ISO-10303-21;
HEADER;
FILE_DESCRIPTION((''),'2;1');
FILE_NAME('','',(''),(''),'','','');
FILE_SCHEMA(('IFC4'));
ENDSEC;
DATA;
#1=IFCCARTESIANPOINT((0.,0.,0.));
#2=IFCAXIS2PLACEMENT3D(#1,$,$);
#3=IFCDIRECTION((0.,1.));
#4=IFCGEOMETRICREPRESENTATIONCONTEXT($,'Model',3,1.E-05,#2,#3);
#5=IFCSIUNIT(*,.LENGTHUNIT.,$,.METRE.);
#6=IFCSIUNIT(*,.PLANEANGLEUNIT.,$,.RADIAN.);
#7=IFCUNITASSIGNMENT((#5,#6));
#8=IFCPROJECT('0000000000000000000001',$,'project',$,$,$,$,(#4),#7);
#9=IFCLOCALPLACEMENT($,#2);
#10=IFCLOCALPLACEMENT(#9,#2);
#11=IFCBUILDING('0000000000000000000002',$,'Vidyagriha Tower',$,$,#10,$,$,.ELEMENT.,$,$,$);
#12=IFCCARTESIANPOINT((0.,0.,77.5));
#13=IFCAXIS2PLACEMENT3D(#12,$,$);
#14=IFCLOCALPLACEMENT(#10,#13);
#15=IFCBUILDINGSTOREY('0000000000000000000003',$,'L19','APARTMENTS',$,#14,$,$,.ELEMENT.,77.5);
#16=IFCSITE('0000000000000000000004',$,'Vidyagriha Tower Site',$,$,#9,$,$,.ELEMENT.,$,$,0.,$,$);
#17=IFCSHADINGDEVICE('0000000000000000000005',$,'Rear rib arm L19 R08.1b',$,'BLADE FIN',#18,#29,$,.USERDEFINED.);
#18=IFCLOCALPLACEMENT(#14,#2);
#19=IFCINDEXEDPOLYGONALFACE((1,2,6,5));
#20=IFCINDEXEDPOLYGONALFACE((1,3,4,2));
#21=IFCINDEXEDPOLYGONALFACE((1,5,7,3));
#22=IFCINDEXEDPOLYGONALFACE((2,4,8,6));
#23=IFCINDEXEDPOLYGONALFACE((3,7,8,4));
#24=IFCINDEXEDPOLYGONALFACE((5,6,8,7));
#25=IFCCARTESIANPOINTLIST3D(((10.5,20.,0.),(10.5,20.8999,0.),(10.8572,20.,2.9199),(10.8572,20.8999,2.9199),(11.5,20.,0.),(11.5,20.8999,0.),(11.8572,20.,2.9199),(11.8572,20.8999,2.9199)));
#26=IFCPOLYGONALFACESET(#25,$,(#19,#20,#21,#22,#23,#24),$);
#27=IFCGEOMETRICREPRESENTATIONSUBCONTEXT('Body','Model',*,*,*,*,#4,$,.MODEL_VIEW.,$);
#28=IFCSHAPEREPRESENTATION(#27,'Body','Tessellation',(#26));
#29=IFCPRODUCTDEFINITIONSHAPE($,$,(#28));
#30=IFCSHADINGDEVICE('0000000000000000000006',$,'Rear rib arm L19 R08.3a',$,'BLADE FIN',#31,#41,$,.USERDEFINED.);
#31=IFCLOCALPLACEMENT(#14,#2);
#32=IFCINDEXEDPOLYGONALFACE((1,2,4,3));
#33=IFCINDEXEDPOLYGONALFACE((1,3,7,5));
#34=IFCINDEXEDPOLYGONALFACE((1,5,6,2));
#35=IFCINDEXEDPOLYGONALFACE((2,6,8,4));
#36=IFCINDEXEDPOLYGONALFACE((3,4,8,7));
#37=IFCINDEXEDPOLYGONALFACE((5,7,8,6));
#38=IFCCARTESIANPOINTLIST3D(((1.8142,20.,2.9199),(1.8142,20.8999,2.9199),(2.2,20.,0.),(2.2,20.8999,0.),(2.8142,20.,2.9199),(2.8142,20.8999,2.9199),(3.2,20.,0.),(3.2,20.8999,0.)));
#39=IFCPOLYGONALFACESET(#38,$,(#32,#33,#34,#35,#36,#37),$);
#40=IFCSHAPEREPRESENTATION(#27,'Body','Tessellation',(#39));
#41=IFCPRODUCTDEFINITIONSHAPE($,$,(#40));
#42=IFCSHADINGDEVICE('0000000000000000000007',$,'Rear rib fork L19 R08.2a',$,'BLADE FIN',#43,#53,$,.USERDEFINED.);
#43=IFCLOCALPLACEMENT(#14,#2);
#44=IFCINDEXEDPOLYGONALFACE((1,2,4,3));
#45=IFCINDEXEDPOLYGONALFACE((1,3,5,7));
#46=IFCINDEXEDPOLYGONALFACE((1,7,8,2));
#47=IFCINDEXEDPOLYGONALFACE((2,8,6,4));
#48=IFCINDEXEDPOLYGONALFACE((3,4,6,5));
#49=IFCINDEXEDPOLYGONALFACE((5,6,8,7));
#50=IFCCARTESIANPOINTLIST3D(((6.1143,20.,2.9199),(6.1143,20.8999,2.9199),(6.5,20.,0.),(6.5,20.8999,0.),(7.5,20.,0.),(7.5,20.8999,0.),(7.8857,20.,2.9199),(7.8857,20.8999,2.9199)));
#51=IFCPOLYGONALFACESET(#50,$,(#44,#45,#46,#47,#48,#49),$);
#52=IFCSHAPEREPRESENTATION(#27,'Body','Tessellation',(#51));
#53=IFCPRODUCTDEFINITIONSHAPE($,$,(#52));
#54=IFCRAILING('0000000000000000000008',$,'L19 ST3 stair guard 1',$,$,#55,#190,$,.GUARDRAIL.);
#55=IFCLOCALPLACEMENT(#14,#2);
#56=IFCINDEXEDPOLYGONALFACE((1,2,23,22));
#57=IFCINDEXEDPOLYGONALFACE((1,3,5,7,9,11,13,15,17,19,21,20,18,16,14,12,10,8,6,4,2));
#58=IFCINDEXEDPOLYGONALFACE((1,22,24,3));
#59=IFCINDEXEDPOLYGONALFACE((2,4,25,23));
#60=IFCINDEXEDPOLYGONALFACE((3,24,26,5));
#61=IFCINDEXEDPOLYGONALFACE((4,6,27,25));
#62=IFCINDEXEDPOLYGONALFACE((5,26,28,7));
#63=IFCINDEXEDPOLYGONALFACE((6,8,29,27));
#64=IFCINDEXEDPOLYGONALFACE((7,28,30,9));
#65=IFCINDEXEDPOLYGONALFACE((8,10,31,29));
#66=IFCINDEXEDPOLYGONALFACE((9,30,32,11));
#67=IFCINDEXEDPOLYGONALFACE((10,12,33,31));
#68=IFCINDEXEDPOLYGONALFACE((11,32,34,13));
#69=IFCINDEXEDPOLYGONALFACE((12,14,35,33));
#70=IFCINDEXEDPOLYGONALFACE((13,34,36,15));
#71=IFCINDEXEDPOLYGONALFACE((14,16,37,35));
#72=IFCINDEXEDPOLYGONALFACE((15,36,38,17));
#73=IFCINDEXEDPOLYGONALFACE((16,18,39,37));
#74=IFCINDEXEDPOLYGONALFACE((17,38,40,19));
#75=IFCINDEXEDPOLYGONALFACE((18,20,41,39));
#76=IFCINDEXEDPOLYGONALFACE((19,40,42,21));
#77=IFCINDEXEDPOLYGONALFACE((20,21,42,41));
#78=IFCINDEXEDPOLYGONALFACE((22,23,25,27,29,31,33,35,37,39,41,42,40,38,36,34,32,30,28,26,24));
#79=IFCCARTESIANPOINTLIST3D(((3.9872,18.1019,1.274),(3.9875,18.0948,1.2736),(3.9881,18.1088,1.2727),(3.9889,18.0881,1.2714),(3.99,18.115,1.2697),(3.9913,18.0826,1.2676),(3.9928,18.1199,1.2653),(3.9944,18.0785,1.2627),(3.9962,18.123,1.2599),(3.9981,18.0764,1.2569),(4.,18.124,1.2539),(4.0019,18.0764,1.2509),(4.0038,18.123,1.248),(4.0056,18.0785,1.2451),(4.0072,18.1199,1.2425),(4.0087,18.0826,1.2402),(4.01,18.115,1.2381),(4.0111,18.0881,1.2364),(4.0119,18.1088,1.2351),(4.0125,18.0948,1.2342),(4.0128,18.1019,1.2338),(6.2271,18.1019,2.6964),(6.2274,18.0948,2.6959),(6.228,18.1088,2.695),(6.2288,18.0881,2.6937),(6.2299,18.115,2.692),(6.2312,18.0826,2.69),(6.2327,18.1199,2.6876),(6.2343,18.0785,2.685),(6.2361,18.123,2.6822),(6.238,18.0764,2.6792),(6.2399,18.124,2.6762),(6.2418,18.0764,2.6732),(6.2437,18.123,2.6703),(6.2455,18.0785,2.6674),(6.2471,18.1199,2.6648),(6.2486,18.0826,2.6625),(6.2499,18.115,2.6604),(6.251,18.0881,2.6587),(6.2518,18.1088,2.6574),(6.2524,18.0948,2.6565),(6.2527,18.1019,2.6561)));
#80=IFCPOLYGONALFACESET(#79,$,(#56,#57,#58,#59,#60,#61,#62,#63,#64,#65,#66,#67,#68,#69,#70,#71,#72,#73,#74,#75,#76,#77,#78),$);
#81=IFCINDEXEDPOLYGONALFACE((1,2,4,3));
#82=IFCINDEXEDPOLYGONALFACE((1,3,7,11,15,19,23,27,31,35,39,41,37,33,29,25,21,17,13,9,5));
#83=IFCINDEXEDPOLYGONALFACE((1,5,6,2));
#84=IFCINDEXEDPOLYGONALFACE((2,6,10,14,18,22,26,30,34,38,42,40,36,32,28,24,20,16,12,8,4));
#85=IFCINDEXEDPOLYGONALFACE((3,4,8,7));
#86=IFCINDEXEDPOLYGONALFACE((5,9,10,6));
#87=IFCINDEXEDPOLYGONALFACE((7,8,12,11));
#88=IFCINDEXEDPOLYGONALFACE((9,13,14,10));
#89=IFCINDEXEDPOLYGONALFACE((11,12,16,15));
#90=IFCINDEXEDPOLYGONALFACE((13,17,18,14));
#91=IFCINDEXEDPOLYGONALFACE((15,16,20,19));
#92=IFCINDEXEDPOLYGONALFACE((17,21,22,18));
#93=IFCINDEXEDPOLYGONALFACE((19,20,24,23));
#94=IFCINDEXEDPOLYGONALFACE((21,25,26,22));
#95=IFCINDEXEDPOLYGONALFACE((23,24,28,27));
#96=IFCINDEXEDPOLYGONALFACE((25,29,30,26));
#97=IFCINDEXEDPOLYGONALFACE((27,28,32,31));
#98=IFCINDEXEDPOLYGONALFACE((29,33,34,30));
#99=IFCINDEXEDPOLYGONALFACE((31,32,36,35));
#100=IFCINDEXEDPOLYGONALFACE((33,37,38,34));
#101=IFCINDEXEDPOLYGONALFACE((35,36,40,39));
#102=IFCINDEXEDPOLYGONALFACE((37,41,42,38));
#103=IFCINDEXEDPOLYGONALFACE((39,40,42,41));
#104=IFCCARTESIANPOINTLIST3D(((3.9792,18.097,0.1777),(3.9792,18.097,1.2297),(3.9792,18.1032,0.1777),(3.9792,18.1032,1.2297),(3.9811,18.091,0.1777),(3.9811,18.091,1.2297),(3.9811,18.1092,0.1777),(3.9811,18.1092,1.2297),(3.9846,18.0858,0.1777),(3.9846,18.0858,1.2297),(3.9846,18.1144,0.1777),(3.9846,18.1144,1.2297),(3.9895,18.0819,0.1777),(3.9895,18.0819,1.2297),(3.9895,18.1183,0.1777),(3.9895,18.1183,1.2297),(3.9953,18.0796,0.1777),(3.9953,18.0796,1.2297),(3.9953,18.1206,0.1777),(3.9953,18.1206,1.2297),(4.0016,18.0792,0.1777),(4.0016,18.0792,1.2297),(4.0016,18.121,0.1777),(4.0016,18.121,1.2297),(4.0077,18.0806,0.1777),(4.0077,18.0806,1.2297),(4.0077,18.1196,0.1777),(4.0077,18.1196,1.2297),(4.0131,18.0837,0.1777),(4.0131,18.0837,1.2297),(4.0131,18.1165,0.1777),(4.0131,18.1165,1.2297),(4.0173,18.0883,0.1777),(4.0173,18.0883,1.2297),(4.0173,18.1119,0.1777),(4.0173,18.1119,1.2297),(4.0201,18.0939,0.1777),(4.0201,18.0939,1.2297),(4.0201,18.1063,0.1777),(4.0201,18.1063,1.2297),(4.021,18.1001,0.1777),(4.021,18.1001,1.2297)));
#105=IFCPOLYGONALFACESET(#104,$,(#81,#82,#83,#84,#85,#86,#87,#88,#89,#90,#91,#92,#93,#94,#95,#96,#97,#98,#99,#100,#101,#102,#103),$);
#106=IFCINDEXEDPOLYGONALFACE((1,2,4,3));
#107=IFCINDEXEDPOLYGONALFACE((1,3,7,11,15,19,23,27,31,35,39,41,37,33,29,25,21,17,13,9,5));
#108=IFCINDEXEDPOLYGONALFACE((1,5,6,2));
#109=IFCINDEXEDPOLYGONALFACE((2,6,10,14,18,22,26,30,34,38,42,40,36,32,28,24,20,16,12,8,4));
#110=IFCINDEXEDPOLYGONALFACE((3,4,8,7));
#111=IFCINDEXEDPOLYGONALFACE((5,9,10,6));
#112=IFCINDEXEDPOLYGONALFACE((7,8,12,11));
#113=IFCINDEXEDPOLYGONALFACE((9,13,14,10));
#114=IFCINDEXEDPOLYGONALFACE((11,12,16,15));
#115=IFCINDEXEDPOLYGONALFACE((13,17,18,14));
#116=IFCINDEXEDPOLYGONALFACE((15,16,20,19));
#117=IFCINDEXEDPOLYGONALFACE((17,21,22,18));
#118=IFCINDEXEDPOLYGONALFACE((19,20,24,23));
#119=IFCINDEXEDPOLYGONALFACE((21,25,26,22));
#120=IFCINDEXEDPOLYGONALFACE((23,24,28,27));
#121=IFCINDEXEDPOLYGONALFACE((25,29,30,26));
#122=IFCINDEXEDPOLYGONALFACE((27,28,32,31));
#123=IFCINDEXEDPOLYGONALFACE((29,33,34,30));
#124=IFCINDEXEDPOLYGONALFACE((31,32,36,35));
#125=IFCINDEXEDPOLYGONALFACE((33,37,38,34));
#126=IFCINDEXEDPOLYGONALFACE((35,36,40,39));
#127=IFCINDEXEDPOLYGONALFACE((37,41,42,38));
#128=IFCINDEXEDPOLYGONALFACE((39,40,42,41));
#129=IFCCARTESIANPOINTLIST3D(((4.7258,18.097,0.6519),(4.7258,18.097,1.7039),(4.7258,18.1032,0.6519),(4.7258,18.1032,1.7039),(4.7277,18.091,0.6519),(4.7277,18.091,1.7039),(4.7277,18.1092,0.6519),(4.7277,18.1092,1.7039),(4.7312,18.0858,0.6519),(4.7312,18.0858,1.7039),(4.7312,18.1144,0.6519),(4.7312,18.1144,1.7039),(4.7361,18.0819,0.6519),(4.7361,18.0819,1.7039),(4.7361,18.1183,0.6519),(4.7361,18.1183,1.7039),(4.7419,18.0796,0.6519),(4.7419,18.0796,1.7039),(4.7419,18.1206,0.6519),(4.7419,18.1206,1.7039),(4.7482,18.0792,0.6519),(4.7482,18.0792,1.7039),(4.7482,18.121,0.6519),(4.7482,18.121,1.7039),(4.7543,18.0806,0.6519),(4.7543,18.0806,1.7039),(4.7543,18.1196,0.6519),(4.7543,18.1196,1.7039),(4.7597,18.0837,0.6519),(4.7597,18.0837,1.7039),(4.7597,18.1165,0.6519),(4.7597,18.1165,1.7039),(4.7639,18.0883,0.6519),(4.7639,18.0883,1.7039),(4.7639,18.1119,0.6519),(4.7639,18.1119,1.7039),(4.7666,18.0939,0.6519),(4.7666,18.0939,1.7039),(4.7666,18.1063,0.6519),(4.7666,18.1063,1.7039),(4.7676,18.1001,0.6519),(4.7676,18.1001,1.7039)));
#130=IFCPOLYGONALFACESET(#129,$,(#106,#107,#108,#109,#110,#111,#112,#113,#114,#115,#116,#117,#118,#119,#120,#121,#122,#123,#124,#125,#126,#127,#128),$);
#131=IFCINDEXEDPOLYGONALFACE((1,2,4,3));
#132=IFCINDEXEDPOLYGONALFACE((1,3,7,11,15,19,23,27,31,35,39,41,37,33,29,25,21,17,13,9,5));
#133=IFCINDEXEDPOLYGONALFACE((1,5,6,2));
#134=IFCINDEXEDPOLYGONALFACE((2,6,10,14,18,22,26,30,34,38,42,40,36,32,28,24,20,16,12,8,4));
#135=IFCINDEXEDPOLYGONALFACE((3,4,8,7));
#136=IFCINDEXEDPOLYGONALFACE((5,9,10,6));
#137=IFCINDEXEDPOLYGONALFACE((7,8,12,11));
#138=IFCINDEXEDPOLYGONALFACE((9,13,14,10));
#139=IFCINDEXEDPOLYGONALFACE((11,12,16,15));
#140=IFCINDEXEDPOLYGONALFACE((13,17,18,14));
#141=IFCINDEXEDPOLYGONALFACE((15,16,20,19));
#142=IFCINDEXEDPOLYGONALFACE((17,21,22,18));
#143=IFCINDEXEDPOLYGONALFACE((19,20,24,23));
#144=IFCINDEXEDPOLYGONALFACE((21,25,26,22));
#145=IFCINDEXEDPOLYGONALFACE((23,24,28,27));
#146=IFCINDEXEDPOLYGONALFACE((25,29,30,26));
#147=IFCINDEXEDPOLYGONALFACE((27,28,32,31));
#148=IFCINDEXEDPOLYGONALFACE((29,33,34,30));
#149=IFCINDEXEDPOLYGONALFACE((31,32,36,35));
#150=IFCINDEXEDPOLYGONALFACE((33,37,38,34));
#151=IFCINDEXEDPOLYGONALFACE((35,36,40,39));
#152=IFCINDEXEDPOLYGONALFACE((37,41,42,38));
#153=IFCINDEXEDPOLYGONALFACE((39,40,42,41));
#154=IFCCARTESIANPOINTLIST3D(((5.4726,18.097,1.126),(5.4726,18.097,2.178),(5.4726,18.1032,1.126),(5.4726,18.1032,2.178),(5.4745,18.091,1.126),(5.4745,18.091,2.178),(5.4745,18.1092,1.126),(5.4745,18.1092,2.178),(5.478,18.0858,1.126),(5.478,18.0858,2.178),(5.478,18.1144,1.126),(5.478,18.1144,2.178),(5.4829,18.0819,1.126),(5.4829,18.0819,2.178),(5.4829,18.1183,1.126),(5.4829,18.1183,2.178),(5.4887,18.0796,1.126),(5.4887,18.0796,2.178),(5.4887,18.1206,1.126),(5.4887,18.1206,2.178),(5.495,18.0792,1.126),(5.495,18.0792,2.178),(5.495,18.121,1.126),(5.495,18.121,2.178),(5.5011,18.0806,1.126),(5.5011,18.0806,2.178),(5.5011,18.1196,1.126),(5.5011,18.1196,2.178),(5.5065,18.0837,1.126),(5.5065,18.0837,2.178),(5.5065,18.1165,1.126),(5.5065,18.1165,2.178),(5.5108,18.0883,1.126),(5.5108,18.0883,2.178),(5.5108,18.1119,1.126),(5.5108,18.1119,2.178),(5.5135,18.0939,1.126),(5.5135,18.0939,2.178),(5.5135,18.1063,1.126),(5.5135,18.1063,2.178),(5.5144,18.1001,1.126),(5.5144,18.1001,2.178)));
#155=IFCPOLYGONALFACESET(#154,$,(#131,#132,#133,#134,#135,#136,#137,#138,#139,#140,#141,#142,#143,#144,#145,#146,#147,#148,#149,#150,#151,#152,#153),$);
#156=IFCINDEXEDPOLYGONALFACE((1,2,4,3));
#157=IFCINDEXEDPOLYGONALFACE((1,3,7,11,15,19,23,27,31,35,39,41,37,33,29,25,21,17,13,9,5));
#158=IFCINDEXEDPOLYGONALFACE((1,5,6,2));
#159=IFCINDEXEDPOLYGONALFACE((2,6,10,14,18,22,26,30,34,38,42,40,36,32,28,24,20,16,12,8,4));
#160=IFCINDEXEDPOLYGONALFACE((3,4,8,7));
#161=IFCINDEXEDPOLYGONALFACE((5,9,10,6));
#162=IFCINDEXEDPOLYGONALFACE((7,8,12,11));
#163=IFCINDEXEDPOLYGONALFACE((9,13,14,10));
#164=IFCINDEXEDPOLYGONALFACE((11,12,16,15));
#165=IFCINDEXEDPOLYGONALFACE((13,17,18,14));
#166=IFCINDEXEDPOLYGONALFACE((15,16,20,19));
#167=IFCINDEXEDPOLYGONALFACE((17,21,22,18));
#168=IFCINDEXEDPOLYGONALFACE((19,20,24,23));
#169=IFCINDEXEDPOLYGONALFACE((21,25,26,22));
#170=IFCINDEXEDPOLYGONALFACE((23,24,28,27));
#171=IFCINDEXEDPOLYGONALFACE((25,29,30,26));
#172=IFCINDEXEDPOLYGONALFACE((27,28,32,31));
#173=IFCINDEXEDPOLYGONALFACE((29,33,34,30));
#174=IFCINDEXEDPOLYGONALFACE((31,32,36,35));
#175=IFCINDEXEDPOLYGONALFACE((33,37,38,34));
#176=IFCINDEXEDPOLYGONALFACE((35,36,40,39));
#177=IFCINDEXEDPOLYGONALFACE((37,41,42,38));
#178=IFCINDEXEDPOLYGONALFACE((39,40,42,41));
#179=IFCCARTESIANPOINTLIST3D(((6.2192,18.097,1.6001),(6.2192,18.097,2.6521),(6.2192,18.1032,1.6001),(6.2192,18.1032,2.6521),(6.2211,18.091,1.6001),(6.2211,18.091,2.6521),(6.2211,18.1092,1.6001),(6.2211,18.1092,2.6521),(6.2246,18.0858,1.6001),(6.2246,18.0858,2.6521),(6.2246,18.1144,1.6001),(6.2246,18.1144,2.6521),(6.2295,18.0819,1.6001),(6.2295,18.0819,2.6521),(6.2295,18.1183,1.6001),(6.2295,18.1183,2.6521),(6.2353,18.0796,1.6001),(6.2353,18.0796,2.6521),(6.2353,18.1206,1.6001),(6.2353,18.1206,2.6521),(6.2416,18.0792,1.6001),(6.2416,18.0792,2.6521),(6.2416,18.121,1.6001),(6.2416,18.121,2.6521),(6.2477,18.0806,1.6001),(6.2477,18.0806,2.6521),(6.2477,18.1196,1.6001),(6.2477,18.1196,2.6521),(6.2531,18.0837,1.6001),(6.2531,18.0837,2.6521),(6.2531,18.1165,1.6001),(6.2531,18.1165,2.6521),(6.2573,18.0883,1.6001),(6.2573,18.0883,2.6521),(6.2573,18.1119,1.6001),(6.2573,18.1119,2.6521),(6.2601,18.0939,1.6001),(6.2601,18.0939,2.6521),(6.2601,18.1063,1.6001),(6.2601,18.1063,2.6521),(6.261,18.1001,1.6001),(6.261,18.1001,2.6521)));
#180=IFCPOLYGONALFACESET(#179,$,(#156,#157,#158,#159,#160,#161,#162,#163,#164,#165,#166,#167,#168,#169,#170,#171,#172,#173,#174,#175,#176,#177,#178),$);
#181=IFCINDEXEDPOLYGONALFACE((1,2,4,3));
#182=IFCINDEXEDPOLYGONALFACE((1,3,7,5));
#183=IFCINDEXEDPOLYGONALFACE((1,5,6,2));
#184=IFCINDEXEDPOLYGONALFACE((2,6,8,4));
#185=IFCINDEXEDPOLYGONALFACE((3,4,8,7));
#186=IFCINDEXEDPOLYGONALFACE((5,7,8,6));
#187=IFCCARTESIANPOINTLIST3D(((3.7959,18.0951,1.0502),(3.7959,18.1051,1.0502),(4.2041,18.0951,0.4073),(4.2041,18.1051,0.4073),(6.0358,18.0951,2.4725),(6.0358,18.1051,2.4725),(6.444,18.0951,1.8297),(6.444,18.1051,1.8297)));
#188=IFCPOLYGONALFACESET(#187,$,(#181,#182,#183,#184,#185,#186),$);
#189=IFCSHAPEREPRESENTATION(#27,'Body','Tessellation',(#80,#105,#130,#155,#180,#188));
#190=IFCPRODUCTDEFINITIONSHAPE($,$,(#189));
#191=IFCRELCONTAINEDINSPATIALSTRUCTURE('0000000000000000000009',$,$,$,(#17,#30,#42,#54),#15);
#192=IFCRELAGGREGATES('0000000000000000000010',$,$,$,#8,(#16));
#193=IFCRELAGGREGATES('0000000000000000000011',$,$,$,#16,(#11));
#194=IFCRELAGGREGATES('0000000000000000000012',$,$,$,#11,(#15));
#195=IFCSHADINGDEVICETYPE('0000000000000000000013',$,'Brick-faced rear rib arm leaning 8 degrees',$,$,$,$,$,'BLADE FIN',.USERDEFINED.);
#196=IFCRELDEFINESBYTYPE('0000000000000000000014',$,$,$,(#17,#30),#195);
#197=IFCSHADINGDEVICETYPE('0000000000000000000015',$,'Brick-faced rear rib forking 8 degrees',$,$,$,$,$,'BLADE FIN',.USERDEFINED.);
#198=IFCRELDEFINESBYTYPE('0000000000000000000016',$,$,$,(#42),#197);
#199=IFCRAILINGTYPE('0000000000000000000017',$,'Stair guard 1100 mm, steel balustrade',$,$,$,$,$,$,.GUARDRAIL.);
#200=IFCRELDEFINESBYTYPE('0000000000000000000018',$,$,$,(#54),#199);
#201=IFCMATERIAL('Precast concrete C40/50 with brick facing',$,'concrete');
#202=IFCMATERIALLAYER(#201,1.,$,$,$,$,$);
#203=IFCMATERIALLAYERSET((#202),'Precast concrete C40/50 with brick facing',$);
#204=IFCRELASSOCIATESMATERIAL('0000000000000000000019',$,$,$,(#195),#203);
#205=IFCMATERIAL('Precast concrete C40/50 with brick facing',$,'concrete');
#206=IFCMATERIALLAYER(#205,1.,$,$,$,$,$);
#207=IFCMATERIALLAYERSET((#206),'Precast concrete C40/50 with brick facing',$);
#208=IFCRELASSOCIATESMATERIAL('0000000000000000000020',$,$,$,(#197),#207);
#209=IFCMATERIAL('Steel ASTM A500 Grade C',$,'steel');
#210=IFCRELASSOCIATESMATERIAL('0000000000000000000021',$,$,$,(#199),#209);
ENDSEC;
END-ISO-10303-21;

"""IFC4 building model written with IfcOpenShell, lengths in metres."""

from ifc_helpers import new_model, si_unit, direction, frame, origin, origin_2d, place, context, subcontext, project, spatial, polyline, rectangle, circle, outline, extrude, material, layer, layer_set, type_object, element, save


model = new_model("IFC4")

# Units and contexts
model_context = context("Model", 3, precision=1e-05, world=origin(), true_north=direction((0.0, 1.0)))
body_context = subcontext(model_context, "Body", "Model", "MODEL_VIEW")
ifc_project = project(units=[si_unit("LENGTHUNIT", "METRE"), si_unit("PLANEANGLEUNIT", "RADIAN")], contexts=[model_context])

# Site, building, storey
site_placement = place(None, origin())
site = spatial("IfcSite", under=ifc_project, at=site_placement, Name="Vidyagriha Tower Site", CompositionType="ELEMENT", RefElevation=0.0)
building_placement = place(site_placement, origin())
building = spatial("IfcBuilding", under=site, at=building_placement, Name="Vidyagriha Tower", CompositionType="ELEMENT")
storey_placement = place(building_placement, frame((0.0, 0.0, 77.5)))
storey = spatial("IfcBuildingStorey", under=building, at=storey_placement, Name="L19", Description="APARTMENTS", CompositionType="ELEMENT", Elevation=77.5)

# Shading devices
ifc_material_1 = material(Name="Precast concrete C40/50 with brick facing", Category="concrete")
ifc_layer_1 = layer(ifc_material_1, 1.0)
ifc_layer_set_1 = layer_set([ifc_layer_1], Name="Precast concrete C40/50 with brick facing")
shading_device_type_1 = type_object("IfcShadingDeviceType", Name="Brick-faced rear rib arm leaning 8 degrees", ElementType="BLADE FIN", PredefinedType="USERDEFINED", material=ifc_layer_set_1)
shading_device_1_placement = place(storey_placement, frame((11.8572, 20.45, 0.0), z_axis=(0.0, 0.0, 1.0), x_axis=(-1.0, 0.0, 0.0)))
element("IfcShadingDevice", 1, at=shading_device_1_placement, inside=storey, type_object=shading_device_type_1, Name="Rear rib arm L19 R08.1b", ObjectType="BLADE FIN", PredefinedType="USERDEFINED", context=body_context, shape_type="SweptSolid", body=[
    extrude(outline(polyline([(0.3572, 0.0), (1.3572, 0.0), (1.0, 2.9199), (0.0, 2.9199), (0.3572, 0.0)])), frame((0.0, 0.45, 0.0), z_axis=(0.0, -1.0, 0.0), x_axis=(1.0, 0.0, 0.0)), (0.0, 0.0, 1.0), 0.8999),
])
shading_device_2_placement = place(storey_placement, frame((3.2, 20.45, 0.0), z_axis=(0.0, 0.0, 1.0), x_axis=(-1.0, 0.0, 0.0)))
element("IfcShadingDevice", 2, at=shading_device_2_placement, inside=storey, type_object=shading_device_type_1, Name="Rear rib arm L19 R08.3a", ObjectType="BLADE FIN", PredefinedType="USERDEFINED", context=body_context, shape_type="SweptSolid", body=[
    extrude(outline(polyline([(0.0, 0.0), (1.0, 0.0), (1.3857, 2.9199), (0.3857, 2.9199), (0.0, 0.0)])), frame((0.0, 0.45, 0.0), z_axis=(0.0, -1.0, 0.0), x_axis=(1.0, 0.0, 0.0)), (0.0, 0.0, 1.0), 0.8999),
])
ifc_material_2 = material(Name="Precast concrete C40/50 with brick facing", Category="concrete")
ifc_layer_2 = layer(ifc_material_2, 1.0)
ifc_layer_set_2 = layer_set([ifc_layer_2], Name="Precast concrete C40/50 with brick facing")
shading_device_type_2 = type_object("IfcShadingDeviceType", Name="Brick-faced rear rib forking 8 degrees", ElementType="BLADE FIN", PredefinedType="USERDEFINED", material=ifc_layer_set_2)
shading_device_3_placement = place(storey_placement, frame((7.8857, 20.45, 0.0), z_axis=(0.0, 0.0, 1.0), x_axis=(-1.0, 0.0, 0.0)))
element("IfcShadingDevice", 3, at=shading_device_3_placement, inside=storey, type_object=shading_device_type_2, Name="Rear rib fork L19 R08.2a", ObjectType="BLADE FIN", PredefinedType="USERDEFINED", context=body_context, shape_type="SweptSolid", body=[
    extrude(outline(polyline([(0.3857, 0.0), (1.3857, 0.0), (1.7715, 2.9199), (0.0, 2.9199), (0.3857, 0.0)])), frame((0.0, 0.45, 0.0), z_axis=(0.0, -1.0, 0.0), x_axis=(1.0, 0.0, 0.0)), (0.0, 0.0, 1.0), 0.8999),
])

# Railing
ifc_material_3 = material(Name="Steel ASTM A500 Grade C", Category="steel")
railing_type_1 = type_object("IfcRailingType", Name="Stair guard 1100 mm, steel balustrade", PredefinedType="GUARDRAIL", material=ifc_material_3)
railing_1_placement = place(storey_placement, frame((4.0, 18.1001, 0.1777)))
element("IfcRailing", 4, at=railing_1_placement, inside=storey, type_object=railing_type_1, Name="L19 ST3 stair guard 1", PredefinedType="GUARDRAIL", context=body_context, shape_type="SweptSolid", body=[
    extrude(circle(Radius=0.0239, at=origin_2d()), frame((0.0, 0.0, 1.0762), z_axis=(0.844188, 0.0, 0.536048), x_axis=(0.0, 1.0, 0.0)), (0.0, 0.0, 1.0), 2.6533),
    extrude(circle(Radius=0.021, at=origin_2d()), origin(), (0.0, 0.0, 1.0), 1.052),
    extrude(circle(Radius=0.021, at=origin_2d()), frame((0.7466, 0.0, 0.4741)), (0.0, 0.0, 1.0), 1.052),
    extrude(circle(Radius=0.021, at=origin_2d()), frame((1.4934, 0.0, 0.9482)), (0.0, 0.0, 1.0), 1.052),
    extrude(circle(Radius=0.021, at=origin_2d()), frame((2.24, 0.0, 1.4224)), (0.0, 0.0, 1.0), 1.052),
    extrude(rectangle(XDim=0.01, YDim=0.7615, at=origin_2d()), frame((0.0, 0.0, 0.551), z_axis=(0.844188, 0.0, 0.536048), x_axis=(0.0, 1.0, 0.0)), (0.0, 0.0, 1.0), 2.6533),
])

save(model, "model.ifc")
